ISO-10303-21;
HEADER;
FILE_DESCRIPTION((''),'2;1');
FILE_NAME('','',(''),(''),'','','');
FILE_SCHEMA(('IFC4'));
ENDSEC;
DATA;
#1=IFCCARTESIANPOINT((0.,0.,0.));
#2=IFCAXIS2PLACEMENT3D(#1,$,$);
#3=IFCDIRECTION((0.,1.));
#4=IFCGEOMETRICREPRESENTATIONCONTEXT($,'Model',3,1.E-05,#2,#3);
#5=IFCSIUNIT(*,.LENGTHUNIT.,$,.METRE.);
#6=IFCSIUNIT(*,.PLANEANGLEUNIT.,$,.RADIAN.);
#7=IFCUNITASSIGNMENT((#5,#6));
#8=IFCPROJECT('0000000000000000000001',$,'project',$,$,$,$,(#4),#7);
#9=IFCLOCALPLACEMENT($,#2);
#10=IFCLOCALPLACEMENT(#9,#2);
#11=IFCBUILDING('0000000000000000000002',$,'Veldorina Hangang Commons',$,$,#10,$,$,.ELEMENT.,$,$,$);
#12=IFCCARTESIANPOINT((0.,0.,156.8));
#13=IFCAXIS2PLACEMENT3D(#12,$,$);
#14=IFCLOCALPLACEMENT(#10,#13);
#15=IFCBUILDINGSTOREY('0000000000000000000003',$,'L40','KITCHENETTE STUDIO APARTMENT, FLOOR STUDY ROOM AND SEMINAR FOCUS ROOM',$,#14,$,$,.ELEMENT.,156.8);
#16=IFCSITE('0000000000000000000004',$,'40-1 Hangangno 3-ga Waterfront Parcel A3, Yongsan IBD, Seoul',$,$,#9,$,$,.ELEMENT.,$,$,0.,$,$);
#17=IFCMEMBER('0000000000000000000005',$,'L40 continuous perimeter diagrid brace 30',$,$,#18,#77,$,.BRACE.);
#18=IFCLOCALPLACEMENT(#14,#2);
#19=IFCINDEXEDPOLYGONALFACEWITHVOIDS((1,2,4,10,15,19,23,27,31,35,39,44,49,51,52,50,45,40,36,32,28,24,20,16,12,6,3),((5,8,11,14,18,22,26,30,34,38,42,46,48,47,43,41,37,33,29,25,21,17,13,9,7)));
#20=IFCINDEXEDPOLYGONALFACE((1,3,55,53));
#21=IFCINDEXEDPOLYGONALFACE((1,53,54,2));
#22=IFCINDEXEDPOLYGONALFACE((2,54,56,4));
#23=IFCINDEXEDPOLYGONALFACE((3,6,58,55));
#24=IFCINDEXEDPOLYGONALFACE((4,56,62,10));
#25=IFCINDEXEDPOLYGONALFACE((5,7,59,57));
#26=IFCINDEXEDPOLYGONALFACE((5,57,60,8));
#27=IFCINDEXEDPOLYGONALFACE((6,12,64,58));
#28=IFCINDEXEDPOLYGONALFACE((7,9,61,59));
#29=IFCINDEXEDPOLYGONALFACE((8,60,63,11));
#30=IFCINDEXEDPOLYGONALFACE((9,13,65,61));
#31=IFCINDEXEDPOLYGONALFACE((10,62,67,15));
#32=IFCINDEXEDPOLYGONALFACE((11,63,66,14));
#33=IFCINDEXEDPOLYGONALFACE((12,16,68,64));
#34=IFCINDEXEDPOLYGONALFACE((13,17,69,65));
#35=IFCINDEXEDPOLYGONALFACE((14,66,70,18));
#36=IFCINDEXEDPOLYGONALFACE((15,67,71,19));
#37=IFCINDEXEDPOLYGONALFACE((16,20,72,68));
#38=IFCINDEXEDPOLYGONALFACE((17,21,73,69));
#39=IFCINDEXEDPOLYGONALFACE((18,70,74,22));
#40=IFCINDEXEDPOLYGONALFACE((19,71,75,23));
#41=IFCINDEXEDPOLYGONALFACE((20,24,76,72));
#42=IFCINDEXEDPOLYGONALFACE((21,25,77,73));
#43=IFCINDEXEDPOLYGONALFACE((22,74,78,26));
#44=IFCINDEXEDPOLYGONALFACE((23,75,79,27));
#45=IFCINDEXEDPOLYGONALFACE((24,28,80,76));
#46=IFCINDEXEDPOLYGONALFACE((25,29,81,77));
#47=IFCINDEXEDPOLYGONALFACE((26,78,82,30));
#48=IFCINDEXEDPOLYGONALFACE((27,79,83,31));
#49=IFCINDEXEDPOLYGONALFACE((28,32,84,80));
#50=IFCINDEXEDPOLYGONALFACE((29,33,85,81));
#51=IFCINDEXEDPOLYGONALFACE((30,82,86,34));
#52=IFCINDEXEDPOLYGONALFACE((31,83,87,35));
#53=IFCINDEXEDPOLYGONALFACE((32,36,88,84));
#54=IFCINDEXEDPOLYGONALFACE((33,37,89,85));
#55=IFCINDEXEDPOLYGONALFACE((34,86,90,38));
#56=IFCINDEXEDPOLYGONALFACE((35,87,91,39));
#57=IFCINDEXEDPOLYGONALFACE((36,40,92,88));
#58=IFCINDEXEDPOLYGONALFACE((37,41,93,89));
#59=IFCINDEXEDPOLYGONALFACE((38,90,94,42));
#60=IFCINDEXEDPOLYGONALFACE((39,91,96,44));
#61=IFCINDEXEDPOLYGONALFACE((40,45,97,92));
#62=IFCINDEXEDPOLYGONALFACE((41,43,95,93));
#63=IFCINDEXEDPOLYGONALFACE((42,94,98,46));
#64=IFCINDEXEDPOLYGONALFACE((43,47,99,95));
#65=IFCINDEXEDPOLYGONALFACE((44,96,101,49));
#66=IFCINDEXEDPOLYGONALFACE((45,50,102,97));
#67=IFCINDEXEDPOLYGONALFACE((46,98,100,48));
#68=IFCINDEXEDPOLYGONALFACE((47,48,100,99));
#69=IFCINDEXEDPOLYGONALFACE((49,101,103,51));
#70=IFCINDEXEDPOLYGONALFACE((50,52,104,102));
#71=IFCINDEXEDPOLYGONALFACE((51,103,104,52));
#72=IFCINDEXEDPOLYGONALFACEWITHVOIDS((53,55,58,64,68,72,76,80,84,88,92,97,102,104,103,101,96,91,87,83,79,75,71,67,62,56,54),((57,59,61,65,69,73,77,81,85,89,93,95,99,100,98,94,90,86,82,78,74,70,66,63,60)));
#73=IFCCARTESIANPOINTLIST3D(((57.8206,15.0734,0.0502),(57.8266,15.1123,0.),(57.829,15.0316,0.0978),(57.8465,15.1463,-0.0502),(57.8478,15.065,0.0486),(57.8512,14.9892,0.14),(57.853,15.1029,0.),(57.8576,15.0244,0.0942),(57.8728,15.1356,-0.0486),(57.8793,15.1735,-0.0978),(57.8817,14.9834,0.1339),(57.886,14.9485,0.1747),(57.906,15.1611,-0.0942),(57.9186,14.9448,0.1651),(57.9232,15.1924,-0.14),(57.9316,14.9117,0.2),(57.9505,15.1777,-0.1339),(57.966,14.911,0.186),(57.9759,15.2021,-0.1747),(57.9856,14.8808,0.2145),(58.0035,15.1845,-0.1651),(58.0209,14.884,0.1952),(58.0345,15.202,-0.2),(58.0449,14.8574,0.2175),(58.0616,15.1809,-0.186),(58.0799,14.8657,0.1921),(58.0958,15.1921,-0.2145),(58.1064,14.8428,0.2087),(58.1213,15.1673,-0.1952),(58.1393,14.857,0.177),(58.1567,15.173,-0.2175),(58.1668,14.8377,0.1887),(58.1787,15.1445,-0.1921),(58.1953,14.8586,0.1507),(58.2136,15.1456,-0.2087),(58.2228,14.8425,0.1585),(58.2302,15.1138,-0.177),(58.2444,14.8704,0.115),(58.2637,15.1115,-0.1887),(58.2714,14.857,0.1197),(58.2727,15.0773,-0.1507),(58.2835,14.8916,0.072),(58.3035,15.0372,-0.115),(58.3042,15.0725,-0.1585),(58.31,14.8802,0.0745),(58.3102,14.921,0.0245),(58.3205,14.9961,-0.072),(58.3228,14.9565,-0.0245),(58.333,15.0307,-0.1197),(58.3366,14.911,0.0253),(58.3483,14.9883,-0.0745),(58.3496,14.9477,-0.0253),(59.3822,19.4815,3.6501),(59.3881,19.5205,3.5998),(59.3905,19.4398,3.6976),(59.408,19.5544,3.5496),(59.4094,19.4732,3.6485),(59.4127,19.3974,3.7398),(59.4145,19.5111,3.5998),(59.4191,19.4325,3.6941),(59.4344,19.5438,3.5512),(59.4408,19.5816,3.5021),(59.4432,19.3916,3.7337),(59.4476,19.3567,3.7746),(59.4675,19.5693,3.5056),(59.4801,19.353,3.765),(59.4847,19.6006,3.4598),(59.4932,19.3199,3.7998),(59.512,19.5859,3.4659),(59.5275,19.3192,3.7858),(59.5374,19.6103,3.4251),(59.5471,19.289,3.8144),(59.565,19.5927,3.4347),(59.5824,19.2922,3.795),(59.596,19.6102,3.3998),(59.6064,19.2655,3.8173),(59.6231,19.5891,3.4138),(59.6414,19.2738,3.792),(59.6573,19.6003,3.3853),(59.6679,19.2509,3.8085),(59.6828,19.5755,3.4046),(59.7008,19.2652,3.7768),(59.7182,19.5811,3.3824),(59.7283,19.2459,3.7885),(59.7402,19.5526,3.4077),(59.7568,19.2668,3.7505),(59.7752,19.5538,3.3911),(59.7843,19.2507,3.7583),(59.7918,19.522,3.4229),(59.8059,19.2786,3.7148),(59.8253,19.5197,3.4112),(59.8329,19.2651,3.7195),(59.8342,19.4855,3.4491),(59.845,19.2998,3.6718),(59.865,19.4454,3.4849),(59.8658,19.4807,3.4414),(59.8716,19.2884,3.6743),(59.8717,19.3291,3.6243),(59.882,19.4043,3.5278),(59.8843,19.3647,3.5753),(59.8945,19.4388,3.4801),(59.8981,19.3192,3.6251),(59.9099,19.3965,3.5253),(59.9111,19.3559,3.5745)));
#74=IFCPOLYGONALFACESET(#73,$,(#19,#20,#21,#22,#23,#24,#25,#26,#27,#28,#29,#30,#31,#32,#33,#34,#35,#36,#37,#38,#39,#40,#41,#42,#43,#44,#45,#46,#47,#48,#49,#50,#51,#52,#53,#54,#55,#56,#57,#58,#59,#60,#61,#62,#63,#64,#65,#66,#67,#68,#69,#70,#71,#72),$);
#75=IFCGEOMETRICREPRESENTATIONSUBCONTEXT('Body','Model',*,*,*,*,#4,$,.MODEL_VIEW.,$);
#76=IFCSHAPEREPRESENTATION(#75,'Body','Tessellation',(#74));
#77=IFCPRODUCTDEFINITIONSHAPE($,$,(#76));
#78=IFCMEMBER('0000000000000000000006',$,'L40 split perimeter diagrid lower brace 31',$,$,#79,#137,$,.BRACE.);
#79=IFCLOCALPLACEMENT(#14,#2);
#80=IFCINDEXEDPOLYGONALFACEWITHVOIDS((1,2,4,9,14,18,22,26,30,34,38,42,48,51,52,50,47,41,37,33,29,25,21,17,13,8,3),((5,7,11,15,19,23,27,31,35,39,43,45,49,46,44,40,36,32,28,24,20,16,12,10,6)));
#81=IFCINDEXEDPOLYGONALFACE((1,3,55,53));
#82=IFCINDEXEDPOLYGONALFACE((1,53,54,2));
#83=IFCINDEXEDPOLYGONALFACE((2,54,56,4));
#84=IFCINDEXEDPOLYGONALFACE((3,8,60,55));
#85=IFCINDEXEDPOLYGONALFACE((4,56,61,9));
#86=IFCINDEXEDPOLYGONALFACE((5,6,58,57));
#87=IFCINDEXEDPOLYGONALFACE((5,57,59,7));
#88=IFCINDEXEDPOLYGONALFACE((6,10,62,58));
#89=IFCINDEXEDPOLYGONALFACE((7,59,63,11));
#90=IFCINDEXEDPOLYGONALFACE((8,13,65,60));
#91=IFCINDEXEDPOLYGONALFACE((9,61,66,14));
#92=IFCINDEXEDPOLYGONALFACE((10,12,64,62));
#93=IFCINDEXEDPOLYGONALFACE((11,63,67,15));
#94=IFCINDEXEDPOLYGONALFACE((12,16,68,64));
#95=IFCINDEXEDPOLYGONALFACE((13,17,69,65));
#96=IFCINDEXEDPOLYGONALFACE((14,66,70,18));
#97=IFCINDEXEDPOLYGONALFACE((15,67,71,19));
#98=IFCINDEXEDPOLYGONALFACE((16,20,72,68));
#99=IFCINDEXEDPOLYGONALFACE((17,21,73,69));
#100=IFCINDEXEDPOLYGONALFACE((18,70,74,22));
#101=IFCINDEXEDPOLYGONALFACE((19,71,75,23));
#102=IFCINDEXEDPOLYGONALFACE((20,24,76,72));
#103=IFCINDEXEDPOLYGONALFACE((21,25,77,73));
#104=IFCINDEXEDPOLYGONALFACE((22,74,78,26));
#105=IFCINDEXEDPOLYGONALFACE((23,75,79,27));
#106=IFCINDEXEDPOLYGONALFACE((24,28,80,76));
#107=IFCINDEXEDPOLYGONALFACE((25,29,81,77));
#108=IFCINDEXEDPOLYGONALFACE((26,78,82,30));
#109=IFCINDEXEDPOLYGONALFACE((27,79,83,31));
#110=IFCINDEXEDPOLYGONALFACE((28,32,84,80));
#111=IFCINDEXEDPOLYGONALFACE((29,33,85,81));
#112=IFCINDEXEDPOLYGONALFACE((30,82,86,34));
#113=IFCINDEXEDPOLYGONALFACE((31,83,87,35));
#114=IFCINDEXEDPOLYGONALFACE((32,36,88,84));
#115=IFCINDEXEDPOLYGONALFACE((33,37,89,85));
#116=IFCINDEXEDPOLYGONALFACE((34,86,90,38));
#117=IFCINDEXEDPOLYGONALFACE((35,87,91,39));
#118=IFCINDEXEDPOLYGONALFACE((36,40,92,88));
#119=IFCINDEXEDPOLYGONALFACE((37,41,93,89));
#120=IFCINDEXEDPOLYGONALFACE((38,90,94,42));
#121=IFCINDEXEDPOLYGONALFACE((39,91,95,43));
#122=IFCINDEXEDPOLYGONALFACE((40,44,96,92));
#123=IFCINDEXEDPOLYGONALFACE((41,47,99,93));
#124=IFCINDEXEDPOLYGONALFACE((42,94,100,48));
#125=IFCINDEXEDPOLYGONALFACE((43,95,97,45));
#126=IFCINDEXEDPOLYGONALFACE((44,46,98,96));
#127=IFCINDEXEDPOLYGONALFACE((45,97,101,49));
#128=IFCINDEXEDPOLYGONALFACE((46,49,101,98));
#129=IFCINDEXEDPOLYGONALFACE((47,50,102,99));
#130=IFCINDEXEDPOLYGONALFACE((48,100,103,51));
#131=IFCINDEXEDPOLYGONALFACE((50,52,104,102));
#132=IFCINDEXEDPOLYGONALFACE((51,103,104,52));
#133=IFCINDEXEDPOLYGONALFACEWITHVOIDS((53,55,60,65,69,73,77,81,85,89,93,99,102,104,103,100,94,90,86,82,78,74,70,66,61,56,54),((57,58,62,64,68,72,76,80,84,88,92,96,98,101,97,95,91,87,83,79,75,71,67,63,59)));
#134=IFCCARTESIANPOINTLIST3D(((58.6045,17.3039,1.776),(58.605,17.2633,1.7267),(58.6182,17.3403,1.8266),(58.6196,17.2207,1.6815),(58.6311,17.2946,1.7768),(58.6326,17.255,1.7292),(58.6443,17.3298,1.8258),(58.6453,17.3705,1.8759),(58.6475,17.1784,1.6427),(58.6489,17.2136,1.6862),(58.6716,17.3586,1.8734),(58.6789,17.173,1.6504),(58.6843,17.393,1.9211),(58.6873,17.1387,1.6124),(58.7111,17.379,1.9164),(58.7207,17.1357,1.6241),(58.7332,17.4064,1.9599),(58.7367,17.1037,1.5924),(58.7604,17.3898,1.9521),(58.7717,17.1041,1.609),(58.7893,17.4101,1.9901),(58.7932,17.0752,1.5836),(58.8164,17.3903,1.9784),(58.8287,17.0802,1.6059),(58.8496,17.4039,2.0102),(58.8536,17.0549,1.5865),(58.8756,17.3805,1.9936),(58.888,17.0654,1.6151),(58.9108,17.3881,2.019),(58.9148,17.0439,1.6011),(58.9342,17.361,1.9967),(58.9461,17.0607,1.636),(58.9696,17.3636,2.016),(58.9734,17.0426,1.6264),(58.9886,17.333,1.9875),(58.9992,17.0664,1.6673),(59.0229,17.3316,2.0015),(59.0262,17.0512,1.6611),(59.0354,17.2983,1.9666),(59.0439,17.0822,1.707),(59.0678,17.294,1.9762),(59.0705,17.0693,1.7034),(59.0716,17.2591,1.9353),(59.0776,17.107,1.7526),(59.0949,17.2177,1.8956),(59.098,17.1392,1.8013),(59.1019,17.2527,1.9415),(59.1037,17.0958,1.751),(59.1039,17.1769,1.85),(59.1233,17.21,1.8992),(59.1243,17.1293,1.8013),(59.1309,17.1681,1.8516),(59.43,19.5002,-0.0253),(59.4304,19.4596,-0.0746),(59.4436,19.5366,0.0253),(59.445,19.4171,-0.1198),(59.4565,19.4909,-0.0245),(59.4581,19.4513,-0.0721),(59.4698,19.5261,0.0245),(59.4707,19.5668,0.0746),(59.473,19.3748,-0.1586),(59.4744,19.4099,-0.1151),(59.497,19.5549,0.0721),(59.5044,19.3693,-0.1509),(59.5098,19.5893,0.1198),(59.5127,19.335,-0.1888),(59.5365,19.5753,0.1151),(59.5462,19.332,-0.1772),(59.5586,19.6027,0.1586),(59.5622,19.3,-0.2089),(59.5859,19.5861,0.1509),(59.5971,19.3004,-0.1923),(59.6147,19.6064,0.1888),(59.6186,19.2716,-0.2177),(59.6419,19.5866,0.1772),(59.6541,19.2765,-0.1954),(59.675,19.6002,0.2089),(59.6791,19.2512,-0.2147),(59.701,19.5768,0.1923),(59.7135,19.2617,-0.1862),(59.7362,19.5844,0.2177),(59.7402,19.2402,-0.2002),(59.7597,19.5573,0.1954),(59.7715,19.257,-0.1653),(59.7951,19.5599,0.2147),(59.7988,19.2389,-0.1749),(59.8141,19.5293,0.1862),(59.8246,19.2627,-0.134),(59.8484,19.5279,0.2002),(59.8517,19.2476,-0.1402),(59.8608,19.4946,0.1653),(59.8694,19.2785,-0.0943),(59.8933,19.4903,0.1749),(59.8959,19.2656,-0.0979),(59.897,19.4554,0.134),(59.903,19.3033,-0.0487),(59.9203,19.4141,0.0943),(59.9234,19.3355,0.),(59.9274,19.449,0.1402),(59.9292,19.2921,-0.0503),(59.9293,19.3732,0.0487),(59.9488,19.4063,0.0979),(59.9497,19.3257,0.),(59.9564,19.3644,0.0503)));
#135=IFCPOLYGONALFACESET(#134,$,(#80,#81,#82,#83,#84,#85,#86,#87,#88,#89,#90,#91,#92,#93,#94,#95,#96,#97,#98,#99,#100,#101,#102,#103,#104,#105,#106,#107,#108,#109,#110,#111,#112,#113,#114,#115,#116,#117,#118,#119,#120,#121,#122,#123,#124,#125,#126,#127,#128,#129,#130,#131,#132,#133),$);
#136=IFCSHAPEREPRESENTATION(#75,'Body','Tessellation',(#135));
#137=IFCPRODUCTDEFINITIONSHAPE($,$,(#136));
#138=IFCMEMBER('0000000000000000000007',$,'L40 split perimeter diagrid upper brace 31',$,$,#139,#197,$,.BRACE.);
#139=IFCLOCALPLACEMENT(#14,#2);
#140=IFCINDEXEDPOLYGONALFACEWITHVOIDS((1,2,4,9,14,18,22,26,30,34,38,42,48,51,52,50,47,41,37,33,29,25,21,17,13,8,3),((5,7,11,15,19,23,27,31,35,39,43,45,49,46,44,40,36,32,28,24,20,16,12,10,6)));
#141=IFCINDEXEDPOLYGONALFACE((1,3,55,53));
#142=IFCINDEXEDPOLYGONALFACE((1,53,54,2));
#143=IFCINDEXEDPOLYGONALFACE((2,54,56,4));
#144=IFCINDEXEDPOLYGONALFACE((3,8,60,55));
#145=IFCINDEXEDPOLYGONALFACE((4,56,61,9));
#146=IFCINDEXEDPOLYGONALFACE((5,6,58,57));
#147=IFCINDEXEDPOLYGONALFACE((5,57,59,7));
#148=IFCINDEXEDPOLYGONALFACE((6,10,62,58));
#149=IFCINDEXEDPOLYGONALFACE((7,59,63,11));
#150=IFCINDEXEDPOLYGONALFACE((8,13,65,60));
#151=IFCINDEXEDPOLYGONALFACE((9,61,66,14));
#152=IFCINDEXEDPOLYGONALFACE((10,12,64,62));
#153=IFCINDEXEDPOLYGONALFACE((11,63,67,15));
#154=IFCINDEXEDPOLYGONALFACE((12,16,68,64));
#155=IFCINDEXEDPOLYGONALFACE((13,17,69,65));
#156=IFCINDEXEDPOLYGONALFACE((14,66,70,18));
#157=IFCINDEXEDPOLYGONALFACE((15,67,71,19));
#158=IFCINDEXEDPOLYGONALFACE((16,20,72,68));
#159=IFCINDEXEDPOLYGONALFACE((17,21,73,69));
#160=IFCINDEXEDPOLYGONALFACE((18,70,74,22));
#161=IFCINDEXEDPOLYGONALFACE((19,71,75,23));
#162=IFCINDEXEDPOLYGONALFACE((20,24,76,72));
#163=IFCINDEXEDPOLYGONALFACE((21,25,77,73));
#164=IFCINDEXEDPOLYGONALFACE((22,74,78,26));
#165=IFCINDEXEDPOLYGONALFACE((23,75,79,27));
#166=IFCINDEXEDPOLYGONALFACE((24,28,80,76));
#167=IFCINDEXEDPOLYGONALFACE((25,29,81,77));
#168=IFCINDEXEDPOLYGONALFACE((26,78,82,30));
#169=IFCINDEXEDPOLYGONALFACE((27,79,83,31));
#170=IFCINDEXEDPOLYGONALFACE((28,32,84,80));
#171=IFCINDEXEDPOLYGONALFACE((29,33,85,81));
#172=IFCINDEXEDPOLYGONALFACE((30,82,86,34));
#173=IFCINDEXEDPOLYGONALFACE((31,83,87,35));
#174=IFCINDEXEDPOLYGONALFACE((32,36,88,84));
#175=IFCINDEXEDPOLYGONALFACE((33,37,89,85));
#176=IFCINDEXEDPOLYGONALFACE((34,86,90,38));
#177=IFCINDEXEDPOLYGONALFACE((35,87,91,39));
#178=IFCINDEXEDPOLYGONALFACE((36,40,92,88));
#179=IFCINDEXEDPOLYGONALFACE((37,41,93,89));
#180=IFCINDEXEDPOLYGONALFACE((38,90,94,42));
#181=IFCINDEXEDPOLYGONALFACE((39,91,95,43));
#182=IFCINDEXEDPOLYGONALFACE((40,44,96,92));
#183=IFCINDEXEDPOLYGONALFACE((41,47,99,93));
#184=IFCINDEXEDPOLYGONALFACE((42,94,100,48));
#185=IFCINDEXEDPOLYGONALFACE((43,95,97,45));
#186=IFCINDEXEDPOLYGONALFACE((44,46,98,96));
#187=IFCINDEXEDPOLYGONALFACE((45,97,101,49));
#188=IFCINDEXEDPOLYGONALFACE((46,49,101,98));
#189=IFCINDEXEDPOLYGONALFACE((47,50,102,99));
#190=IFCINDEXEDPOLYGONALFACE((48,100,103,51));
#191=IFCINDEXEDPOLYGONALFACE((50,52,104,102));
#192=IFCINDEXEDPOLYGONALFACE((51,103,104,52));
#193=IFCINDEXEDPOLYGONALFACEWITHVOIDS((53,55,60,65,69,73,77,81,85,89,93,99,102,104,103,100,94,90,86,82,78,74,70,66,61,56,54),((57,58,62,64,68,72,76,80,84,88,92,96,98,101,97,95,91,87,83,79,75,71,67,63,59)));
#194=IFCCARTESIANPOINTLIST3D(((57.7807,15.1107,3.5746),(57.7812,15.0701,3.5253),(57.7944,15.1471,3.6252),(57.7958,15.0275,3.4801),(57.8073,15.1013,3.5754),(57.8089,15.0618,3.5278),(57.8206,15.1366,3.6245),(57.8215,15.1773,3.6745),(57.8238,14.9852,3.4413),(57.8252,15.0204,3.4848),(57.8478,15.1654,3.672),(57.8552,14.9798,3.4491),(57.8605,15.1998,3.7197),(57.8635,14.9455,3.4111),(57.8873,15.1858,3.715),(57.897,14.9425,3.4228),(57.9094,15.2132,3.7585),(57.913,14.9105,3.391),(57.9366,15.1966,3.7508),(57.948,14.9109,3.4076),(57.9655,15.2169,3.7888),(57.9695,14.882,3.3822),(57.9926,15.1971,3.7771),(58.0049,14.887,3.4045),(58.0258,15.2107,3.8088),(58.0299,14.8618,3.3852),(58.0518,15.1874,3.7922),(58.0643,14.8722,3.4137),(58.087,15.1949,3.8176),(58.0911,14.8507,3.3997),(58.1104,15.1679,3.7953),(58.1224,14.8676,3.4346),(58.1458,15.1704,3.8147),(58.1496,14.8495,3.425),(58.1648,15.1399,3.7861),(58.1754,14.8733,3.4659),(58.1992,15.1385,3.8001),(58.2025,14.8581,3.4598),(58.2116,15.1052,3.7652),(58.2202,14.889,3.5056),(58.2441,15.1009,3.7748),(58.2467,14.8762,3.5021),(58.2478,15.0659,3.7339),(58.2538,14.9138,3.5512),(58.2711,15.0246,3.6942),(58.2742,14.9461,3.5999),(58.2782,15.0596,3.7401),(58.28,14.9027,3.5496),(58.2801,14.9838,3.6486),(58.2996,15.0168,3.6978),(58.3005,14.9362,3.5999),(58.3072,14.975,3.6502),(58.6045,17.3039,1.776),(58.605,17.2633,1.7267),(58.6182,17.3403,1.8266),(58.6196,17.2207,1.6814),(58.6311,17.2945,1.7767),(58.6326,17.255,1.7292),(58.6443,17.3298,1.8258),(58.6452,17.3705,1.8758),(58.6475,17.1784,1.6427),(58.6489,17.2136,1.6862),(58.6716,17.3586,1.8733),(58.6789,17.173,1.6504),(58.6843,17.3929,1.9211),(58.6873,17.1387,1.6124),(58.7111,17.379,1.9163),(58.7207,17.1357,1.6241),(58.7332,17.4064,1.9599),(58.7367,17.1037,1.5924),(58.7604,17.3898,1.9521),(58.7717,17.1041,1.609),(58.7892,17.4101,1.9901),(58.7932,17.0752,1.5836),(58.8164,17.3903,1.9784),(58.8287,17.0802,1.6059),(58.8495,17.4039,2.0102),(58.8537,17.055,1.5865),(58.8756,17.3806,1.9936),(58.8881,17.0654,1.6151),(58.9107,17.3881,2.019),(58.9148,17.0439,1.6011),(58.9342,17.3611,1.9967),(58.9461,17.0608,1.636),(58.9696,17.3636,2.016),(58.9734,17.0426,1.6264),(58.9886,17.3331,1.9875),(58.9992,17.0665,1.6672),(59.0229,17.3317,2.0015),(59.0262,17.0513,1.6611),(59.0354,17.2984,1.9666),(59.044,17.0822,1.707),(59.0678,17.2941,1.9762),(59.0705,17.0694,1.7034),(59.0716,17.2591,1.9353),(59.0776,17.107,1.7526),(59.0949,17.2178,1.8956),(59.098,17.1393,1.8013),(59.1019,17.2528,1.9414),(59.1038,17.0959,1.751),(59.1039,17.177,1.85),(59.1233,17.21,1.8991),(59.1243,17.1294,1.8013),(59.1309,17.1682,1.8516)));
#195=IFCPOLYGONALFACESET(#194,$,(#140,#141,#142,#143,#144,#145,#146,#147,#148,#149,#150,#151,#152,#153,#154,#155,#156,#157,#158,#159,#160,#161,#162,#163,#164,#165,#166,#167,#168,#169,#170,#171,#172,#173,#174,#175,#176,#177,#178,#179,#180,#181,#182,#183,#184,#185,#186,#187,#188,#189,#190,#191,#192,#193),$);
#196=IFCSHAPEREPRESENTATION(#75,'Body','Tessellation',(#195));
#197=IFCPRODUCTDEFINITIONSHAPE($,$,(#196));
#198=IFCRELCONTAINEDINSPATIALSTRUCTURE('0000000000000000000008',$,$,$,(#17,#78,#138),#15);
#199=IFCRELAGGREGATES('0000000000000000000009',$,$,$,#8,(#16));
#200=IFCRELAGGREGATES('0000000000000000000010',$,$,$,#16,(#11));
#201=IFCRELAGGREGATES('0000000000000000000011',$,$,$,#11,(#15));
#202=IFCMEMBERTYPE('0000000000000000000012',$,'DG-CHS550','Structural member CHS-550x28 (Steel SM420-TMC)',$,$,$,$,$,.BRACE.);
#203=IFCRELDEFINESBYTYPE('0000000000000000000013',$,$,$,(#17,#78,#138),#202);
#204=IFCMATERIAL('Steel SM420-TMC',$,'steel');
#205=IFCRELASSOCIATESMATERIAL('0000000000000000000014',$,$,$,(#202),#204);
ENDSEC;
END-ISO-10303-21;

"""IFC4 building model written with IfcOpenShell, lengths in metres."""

from ifc_helpers import new_model, si_unit, direction, frame, origin, origin_2d, place, context, subcontext, project, spatial, hollow_circle, extrude, material, material_profile, profile_set, type_object, element, save


model = new_model("IFC4")

# Units and contexts
model_context = context("Model", 3, precision=1e-05, world=origin(), true_north=direction((0.0, 1.0)))
body_context = subcontext(model_context, "Body", "Model", "MODEL_VIEW")
ifc_project = project(units=[si_unit("LENGTHUNIT", "METRE"), si_unit("PLANEANGLEUNIT", "RADIAN")], contexts=[model_context])

# Site, building, storey
site_placement = place(None, origin())
site = spatial("IfcSite", under=ifc_project, at=site_placement, Name="40-1 Hangangno 3-ga Waterfront Parcel A3, Yongsan IBD, Seoul", CompositionType="ELEMENT", RefElevation=0.0)
building_placement = place(site_placement, origin())
building = spatial("IfcBuilding", under=site, at=building_placement, Name="Veldorina Hangang Commons", CompositionType="ELEMENT")
storey_placement = place(building_placement, frame((0.0, 0.0, 156.8)))
storey = spatial("IfcBuildingStorey", under=building, at=storey_placement, Name="L40", Description="KITCHENETTE STUDIO APARTMENT, FLOOR STUDY ROOM AND SEMINAR FOCUS ROOM", CompositionType="ELEMENT", Elevation=156.8)

# Shared definitions
ifc_material_1 = material(Name="Steel SM420-TMC", Category="steel")

# Members
ifc_material_profile_1 = material_profile(ifc_material_1, hollow_circle(Radius=0.2749, WallThickness=0.0281, at=origin_2d()), Name="CHS-550x28")
ifc_profile_set_1 = profile_set([ifc_material_profile_1], Name="Steel SM420-TMC")
member_type_1 = type_object("IfcMemberType", Name="DG-CHS550", Description="Structural member CHS-550x28 (Steel SM420-TMC)", PredefinedType="BRACE", material=ifc_profile_set_1)
member_1_placement = place(storey_placement, frame((58.0857, 15.0205, 0.0), z_axis=(0.264591, 0.746943, 0.609973), x_axis=(-0.942608, 0.333901, 0.0)))
element("IfcMember", 1, at=member_1_placement, inside=storey, type_object=member_type_1, Name="L40 continuous perimeter diagrid brace 30", PredefinedType="BRACE", context=body_context, shape_type="SweptSolid", body=[
    extrude(hollow_circle(Radius=0.2749, WallThickness=0.0281, at=origin_2d()), origin(), (0.0, 0.0, 1.0), 5.9016),
])
member_2_placement = place(storey_placement, frame((59.6924, 19.4224, 0.0), z_axis=(-0.279056, -0.742498, 0.608954), x_axis=(0.936072, -0.351808, 0.0)))
element("IfcMember", 2, at=member_2_placement, inside=storey, type_object=member_type_1, Name="L40 split perimeter diagrid lower brace 31", PredefinedType="BRACE", context=body_context, shape_type="SweptSolid", body=[
    extrude(hollow_circle(Radius=0.2749, WallThickness=0.0281, at=origin_2d()), origin(), (0.0, 0.0, 1.0), 2.958),
])
member_3_placement = place(storey_placement, frame((58.8669, 17.2261, 1.8013), z_axis=(-0.278899, -0.742547, 0.608966), x_axis=(0.936145, -0.351614, 0.0)))
element("IfcMember", 3, at=member_3_placement, inside=storey, type_object=member_type_1, Name="L40 split perimeter diagrid upper brace 31", PredefinedType="BRACE", context=body_context, shape_type="SweptSolid", body=[
    extrude(hollow_circle(Radius=0.2749, WallThickness=0.0281, at=origin_2d()), origin(), (0.0, 0.0, 1.0), 2.9536),
])

save(model, "model.ifc")
